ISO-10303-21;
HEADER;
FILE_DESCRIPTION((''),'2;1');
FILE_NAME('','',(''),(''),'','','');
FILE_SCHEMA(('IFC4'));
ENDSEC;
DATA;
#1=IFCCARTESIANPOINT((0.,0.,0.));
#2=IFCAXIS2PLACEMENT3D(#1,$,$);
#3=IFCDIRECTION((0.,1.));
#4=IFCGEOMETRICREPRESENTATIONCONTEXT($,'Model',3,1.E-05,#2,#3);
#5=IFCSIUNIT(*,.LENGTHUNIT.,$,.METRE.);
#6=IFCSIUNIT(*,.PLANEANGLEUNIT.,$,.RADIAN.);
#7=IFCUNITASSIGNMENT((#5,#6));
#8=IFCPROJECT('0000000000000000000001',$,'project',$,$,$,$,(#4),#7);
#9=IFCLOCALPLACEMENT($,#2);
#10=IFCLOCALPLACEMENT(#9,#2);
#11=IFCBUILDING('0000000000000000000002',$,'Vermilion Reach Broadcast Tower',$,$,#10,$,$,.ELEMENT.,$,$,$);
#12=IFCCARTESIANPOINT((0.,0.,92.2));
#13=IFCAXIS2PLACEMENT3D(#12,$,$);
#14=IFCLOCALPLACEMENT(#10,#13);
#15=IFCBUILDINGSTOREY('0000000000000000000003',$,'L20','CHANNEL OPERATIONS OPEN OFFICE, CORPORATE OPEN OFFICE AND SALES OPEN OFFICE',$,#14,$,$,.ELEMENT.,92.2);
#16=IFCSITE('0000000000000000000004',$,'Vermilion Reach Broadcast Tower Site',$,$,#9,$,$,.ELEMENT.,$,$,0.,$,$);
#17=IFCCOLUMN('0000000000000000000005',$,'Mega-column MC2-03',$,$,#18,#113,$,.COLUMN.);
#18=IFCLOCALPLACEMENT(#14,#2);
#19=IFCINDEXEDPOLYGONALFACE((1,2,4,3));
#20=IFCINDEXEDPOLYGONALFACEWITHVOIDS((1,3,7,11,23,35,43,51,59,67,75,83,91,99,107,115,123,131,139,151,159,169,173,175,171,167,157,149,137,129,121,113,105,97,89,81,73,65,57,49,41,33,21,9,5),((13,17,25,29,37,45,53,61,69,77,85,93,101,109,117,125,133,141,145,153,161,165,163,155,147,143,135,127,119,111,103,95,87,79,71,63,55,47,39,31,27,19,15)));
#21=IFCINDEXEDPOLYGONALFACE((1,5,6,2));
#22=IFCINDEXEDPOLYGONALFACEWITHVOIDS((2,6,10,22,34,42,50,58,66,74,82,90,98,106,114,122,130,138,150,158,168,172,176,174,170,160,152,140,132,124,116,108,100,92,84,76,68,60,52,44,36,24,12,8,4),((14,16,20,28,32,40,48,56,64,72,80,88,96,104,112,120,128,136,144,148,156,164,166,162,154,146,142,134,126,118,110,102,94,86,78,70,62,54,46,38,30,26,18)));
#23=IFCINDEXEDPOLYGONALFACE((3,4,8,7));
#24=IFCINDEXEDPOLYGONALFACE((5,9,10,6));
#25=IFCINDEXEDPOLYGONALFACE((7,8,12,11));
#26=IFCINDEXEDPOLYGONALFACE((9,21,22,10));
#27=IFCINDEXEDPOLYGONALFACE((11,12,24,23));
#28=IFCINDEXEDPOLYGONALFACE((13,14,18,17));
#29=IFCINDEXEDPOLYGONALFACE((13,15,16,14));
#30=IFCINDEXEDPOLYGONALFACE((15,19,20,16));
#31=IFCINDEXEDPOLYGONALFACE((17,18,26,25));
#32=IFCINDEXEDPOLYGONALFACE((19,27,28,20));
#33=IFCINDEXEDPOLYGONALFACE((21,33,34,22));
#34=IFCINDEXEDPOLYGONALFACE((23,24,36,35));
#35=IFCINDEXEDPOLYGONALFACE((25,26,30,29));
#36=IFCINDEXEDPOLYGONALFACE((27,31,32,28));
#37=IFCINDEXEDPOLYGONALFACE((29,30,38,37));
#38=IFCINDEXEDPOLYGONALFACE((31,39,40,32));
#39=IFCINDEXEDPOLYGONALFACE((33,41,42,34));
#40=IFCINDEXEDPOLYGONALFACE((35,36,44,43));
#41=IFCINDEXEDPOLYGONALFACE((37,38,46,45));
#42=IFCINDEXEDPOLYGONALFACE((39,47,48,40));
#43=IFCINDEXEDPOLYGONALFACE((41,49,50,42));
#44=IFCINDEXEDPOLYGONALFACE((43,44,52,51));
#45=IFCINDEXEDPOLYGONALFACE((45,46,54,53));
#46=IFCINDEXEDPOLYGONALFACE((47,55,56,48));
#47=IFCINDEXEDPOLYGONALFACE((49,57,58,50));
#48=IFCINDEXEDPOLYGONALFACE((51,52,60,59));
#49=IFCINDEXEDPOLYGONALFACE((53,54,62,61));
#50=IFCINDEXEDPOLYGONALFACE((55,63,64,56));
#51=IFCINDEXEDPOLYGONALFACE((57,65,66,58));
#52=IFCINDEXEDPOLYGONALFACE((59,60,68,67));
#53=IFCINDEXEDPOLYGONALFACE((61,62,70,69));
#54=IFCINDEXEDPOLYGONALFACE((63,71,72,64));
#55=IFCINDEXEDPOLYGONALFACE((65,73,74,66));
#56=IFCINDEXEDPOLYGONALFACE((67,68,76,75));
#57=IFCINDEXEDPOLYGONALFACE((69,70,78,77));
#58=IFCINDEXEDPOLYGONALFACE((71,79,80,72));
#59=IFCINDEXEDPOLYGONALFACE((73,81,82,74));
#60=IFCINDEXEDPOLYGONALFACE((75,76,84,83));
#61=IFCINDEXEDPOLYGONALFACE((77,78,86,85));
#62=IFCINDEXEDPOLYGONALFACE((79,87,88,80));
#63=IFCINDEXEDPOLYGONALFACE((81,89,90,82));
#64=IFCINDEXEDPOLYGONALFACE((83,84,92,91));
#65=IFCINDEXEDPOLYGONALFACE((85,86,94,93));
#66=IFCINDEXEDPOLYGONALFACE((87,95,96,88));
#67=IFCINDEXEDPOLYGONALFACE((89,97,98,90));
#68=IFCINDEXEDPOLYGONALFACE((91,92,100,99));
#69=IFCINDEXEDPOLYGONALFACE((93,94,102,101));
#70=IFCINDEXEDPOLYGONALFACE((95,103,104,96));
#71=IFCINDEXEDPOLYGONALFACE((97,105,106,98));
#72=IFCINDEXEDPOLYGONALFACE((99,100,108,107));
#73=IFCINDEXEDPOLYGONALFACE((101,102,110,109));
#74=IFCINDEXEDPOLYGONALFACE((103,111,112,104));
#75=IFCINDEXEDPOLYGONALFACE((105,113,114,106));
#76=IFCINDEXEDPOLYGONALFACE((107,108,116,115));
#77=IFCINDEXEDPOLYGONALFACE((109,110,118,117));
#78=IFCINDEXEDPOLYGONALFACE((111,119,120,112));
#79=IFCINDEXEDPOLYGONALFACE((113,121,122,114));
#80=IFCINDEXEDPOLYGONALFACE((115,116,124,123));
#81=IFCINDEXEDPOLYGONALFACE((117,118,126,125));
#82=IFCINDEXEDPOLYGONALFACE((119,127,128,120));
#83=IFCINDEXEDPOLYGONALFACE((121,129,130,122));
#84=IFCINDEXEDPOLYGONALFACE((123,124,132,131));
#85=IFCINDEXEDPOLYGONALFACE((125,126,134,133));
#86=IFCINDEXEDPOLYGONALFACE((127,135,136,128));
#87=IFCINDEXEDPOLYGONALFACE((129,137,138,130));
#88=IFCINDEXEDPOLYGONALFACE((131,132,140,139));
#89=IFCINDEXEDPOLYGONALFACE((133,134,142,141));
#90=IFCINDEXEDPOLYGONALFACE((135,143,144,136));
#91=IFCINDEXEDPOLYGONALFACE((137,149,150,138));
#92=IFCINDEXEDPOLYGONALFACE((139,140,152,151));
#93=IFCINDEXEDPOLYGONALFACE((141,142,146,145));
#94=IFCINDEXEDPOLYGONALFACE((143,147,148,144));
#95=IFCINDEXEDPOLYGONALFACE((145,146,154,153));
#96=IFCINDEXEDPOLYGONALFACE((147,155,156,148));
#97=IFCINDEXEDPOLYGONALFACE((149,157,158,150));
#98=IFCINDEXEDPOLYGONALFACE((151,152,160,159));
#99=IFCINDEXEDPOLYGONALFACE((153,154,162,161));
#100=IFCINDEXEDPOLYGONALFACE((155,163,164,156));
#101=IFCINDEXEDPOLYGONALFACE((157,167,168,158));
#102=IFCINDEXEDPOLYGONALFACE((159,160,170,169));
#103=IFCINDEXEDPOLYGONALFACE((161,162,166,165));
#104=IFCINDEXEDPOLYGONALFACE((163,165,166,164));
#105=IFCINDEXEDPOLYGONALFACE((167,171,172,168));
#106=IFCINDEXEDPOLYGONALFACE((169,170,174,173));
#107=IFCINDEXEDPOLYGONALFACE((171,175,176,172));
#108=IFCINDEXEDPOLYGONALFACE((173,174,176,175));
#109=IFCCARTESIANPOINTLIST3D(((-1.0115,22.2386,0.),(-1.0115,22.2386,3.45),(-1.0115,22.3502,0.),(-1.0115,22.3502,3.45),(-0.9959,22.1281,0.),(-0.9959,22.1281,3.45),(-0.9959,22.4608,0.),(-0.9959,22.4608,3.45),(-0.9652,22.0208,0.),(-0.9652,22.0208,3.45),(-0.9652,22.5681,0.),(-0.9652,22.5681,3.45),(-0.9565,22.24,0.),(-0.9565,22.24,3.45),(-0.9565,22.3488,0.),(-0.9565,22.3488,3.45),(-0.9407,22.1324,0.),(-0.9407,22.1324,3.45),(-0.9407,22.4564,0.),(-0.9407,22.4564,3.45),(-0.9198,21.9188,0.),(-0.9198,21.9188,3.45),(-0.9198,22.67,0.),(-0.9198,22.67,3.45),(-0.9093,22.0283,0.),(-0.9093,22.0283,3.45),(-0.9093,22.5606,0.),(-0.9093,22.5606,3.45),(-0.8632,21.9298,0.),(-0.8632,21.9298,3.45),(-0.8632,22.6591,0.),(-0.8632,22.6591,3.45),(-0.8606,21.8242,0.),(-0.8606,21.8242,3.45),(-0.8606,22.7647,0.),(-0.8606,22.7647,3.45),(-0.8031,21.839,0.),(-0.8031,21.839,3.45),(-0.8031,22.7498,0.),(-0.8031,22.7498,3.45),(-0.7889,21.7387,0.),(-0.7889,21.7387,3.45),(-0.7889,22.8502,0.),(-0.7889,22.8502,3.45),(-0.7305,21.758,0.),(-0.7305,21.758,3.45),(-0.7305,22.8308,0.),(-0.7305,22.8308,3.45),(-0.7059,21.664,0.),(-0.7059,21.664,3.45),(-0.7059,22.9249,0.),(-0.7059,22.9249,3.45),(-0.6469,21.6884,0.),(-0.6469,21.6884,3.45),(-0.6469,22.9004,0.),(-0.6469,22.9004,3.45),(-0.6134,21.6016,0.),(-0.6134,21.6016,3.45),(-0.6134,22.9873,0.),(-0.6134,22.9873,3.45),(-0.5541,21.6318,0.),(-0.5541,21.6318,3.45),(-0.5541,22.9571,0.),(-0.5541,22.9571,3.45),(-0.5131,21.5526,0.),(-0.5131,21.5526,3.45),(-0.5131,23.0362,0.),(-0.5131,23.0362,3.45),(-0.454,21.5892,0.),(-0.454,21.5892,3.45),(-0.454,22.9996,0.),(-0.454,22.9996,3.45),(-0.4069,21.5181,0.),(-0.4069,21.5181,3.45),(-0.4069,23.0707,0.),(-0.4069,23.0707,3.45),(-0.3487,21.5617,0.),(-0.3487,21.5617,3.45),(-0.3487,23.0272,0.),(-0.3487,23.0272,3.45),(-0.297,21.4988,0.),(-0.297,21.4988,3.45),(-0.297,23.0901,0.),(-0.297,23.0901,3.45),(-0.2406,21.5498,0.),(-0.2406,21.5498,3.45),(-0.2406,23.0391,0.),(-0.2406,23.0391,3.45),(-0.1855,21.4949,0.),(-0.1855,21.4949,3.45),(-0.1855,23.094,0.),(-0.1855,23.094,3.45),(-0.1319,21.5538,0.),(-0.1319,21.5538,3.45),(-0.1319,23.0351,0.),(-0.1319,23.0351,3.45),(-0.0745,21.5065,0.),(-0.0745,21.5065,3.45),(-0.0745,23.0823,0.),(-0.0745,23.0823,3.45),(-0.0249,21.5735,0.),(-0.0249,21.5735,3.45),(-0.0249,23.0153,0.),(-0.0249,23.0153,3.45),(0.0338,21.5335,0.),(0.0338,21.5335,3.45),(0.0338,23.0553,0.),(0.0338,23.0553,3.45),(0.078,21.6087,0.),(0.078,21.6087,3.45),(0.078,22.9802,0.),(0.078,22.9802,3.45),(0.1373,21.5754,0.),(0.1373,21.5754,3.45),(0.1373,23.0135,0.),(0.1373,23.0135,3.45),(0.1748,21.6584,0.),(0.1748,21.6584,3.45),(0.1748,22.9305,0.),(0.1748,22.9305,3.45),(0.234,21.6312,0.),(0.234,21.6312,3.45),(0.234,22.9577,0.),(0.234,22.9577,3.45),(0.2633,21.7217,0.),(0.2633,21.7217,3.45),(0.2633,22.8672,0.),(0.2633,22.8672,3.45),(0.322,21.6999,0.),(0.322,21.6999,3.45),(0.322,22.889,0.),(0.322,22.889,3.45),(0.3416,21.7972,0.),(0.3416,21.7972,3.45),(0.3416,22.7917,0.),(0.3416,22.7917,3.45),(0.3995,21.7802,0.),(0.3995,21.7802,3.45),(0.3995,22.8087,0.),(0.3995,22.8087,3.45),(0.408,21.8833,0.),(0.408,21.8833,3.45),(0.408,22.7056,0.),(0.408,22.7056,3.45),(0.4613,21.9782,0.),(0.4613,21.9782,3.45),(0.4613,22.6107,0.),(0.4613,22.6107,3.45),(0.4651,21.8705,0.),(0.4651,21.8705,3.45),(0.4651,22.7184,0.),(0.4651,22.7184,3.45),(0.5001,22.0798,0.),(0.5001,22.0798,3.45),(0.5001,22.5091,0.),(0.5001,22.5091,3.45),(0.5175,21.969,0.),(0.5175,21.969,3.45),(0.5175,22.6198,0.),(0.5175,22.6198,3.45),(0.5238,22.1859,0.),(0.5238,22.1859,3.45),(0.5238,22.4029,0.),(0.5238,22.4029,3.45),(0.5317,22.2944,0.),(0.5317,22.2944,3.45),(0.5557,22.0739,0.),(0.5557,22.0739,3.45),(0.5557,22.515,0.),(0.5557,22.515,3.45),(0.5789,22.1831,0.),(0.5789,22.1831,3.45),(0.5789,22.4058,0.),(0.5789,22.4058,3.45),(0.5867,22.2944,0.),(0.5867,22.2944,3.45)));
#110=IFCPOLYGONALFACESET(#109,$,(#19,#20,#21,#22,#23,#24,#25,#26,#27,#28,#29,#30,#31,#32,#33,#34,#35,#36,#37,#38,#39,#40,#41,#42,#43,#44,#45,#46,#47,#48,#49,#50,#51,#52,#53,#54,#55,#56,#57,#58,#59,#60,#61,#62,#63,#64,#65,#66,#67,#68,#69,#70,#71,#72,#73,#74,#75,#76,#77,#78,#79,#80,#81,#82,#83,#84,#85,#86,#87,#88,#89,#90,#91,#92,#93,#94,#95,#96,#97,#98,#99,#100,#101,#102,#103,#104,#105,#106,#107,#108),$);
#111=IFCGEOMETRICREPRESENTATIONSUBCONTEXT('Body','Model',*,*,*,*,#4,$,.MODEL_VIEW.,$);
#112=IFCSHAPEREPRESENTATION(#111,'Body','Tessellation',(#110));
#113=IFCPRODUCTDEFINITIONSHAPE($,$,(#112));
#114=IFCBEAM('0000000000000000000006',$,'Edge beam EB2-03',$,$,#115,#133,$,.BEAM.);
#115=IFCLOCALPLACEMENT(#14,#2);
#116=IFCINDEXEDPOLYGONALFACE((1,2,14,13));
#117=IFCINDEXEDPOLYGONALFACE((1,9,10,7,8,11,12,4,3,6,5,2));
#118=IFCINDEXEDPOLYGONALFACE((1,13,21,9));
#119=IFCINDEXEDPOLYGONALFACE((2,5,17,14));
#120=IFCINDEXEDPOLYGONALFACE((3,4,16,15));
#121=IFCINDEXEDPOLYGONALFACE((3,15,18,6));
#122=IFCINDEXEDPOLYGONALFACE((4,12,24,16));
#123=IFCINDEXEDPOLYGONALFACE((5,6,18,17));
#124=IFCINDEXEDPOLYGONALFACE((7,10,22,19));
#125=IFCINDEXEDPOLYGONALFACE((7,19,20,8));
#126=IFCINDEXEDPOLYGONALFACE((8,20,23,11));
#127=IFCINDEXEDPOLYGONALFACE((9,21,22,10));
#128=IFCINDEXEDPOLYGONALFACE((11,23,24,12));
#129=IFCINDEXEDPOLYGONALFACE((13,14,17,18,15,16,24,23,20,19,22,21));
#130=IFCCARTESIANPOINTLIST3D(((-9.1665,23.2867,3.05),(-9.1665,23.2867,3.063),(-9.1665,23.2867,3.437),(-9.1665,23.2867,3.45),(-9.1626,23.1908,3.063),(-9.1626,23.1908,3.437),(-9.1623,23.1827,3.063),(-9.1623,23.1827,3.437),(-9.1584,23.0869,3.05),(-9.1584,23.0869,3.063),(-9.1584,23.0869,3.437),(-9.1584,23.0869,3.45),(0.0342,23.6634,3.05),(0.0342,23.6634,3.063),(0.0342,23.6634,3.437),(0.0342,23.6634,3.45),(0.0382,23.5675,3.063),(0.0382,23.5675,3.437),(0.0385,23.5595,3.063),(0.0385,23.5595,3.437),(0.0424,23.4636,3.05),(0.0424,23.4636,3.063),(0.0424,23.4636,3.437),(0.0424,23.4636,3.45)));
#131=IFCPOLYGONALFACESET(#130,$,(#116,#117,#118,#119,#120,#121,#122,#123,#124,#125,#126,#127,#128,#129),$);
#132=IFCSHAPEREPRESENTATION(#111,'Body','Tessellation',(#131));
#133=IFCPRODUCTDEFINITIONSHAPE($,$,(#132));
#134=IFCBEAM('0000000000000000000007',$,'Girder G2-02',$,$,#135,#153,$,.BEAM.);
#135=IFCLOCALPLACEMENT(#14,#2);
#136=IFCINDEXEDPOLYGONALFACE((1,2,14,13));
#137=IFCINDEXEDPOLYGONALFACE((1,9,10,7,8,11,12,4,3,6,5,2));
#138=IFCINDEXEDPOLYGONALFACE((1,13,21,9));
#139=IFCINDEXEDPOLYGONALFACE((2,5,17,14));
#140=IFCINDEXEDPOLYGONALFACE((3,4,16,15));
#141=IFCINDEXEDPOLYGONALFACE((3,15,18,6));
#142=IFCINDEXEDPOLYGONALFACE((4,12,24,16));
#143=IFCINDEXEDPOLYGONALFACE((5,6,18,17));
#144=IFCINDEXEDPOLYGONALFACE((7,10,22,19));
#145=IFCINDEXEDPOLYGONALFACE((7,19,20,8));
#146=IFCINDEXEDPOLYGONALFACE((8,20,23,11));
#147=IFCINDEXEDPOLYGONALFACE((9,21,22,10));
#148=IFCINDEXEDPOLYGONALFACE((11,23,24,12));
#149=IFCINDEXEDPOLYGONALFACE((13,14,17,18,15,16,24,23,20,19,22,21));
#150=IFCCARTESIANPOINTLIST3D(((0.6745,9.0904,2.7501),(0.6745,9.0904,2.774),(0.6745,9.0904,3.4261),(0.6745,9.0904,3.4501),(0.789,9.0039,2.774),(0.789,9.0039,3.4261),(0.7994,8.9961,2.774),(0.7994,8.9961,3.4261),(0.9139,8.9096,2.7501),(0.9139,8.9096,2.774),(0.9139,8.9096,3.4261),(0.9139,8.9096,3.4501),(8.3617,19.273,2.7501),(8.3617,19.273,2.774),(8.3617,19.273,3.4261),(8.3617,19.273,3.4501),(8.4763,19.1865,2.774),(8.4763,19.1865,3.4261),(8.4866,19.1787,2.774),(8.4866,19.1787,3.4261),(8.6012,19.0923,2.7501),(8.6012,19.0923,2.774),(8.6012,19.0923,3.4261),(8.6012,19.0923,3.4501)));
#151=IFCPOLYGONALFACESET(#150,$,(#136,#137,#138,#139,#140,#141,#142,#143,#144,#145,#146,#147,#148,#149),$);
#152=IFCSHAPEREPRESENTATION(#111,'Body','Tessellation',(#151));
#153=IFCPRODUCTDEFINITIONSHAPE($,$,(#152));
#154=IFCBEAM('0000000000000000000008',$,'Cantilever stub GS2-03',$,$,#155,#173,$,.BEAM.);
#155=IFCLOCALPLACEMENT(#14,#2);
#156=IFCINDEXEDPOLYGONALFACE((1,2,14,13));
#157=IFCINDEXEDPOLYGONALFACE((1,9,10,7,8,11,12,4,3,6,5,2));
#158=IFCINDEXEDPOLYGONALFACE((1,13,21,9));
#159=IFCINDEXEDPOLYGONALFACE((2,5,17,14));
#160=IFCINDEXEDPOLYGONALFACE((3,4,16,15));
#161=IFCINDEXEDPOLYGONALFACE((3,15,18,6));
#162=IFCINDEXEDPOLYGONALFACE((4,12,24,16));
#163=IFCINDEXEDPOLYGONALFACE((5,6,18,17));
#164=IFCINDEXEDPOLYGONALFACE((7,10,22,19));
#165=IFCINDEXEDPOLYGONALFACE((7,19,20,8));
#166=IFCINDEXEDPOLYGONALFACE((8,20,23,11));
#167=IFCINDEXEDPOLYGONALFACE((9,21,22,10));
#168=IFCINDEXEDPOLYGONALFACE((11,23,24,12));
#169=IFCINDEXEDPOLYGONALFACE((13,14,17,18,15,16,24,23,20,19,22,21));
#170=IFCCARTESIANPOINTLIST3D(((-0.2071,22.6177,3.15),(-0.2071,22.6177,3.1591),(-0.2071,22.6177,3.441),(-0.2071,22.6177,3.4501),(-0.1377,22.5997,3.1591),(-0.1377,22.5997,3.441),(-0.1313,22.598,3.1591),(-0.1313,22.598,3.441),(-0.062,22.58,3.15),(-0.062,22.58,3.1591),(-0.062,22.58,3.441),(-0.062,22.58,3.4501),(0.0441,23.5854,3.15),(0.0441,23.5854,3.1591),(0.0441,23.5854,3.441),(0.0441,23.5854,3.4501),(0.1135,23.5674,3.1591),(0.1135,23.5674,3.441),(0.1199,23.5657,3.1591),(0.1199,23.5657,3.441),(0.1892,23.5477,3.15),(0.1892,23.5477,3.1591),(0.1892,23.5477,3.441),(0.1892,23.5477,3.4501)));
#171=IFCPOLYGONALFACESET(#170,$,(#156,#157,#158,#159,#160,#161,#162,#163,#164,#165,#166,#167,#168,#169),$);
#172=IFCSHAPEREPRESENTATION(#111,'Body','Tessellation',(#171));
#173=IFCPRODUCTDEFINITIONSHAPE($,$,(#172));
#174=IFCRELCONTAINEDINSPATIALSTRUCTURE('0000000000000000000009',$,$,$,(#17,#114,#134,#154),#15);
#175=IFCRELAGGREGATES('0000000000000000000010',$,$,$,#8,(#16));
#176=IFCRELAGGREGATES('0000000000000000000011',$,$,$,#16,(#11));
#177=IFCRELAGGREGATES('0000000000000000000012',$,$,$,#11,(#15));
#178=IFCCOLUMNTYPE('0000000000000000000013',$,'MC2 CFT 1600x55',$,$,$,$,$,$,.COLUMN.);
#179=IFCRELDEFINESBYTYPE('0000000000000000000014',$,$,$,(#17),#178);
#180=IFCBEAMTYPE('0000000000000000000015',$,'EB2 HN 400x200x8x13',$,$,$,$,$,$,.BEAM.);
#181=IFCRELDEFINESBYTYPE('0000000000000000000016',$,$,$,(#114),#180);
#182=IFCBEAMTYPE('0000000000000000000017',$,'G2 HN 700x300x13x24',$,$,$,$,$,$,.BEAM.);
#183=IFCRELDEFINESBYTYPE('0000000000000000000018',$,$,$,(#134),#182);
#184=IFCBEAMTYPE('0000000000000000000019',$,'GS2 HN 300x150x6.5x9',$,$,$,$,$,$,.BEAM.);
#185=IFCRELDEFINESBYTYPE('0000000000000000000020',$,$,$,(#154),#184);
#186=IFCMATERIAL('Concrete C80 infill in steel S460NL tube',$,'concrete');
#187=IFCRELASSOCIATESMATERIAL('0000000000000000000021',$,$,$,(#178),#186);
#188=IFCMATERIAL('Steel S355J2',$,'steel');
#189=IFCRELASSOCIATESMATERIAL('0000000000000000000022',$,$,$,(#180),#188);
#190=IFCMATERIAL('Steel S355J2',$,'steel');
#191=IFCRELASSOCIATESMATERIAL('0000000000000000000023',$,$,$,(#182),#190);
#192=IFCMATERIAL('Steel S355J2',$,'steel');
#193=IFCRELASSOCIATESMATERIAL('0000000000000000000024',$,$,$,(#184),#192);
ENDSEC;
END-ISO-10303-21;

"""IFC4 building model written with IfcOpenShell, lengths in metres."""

from ifc_helpers import new_model, si_unit, direction, frame, origin, origin_2d, place, context, subcontext, project, spatial, hollow_circle, i_section, extrude, material, material_profile, profile_set, type_object, element, save


model = new_model("IFC4")

# Units and contexts
model_context = context("Model", 3, precision=1e-05, world=origin(), true_north=direction((0.0, 1.0)))
body_context = subcontext(model_context, "Body", "Model", "MODEL_VIEW")
ifc_project = project(units=[si_unit("LENGTHUNIT", "METRE"), si_unit("PLANEANGLEUNIT", "RADIAN")], contexts=[model_context])

# Site, building, storey
site_placement = place(None, origin())
site = spatial("IfcSite", under=ifc_project, at=site_placement, Name="Vermilion Reach Broadcast Tower Site", CompositionType="ELEMENT", RefElevation=0.0)
building_placement = place(site_placement, origin())
building = spatial("IfcBuilding", under=site, at=building_placement, Name="Vermilion Reach Broadcast Tower", CompositionType="ELEMENT")
storey_placement = place(building_placement, frame((0.0, 0.0, 92.2)))
storey = spatial("IfcBuildingStorey", under=building, at=storey_placement, Name="L20", Description="CHANNEL OPERATIONS OPEN OFFICE, CORPORATE OPEN OFFICE AND SALES OPEN OFFICE", CompositionType="ELEMENT", Elevation=92.2)

# Column
ifc_material_1 = material(Name="Concrete C80 infill in steel S460NL tube", Category="concrete")
ifc_material_profile_1 = material_profile(ifc_material_1, hollow_circle(Radius=0.8, WallThickness=0.0549, at=origin_2d()), Name="Concrete C80 infill in steel S460NL tube CFT 1600x55")
ifc_profile_set_1 = profile_set([ifc_material_profile_1], Name="Concrete C80 infill in steel S460NL tube")
column_type = type_object("IfcColumnType", Name="MC2 CFT 1600x55", PredefinedType="COLUMN", material=ifc_profile_set_1)
column_placement = place(storey_placement, frame((-0.2134, 22.2944, 0.0), z_axis=(0.0, 0.0, 1.0), x_axis=(1.0, 0.0, 0.0)))
element("IfcColumn", 1, at=column_placement, inside=storey, type_object=column_type, Name="Mega-column MC2-03", PredefinedType="COLUMN", context=body_context, shape_type="SweptSolid", body=[
    extrude(hollow_circle(Radius=0.8, WallThickness=0.0549, at=origin_2d()), origin(), (0.0, 0.0, 1.0), 3.45),
])

# Beams
ifc_material_2 = material(Name="Steel S355J2", Category="steel")
ifc_material_profile_2 = material_profile(ifc_material_2, i_section(OverallWidth=0.2, OverallDepth=0.3999, WebThickness=0.0081, FlangeThickness=0.0129, at=origin_2d()), Name="S355J2 HN 400x200x8x13")
ifc_profile_set_2 = profile_set([ifc_material_profile_2], Name="Steel S355J2")
beam_type_1 = type_object("IfcBeamType", Name="EB2 HN 400x200x8x13", PredefinedType="BEAM", material=ifc_profile_set_2)
beam_1_placement = place(storey_placement, frame((0.0383, 23.5635, 3.25), z_axis=(-0.999163, -0.040909, 0.0), x_axis=(0.040909, -0.999163, 0.0)))
element("IfcBeam", 2, at=beam_1_placement, inside=storey, type_object=beam_type_1, Name="Edge beam EB2-03", PredefinedType="BEAM", context=body_context, shape_type="SweptSolid", body=[
    extrude(i_section(OverallWidth=0.2, OverallDepth=0.3999, WebThickness=0.0081, FlangeThickness=0.0129, at=origin_2d()), origin(), (0.0, 0.0, 1.0), 9.2085),
])
ifc_material_3 = material(Name="Steel S355J2", Category="steel")
ifc_material_profile_3 = material_profile(ifc_material_3, i_section(OverallWidth=0.3, OverallDepth=0.7, WebThickness=0.0129, FlangeThickness=0.0239, at=origin_2d()), Name="S355J2 HN 700x300x13x24")
ifc_profile_set_3 = profile_set([ifc_material_profile_3], Name="Steel S355J2")
beam_type_2 = type_object("IfcBeamType", Name="G2 HN 700x300x13x24", PredefinedType="BEAM", material=ifc_profile_set_3)
beam_2_placement = place(storey_placement, frame((0.7942, 9.0, 3.1001), z_axis=(0.60252, 0.798104, 0.0), x_axis=(-0.798104, 0.60252, 0.0)))
element("IfcBeam", 3, at=beam_2_placement, inside=storey, type_object=beam_type_2, Name="Girder G2-02", PredefinedType="BEAM", context=body_context, shape_type="SweptSolid", body=[
    extrude(i_section(OverallWidth=0.3, OverallDepth=0.7, WebThickness=0.0129, FlangeThickness=0.0239, at=origin_2d()), origin(), (0.0, 0.0, 1.0), 12.7585),
])
ifc_material_4 = material(Name="Steel S355J2", Category="steel")
ifc_material_profile_4 = material_profile(ifc_material_4, i_section(OverallWidth=0.1499, OverallDepth=0.3, WebThickness=0.0066, FlangeThickness=0.009, at=origin_2d()), Name="S355J2 HN 300x150x6.5x9")
ifc_profile_set_4 = profile_set([ifc_material_profile_4], Name="Steel S355J2")
beam_type_3 = type_object("IfcBeamType", Name="GS2 HN 300x150x6.5x9", PredefinedType="BEAM", material=ifc_profile_set_4)
beam_3_placement = place(storey_placement, frame((-0.1345, 22.5989, 3.3), z_axis=(0.251259, 0.96792, 0.0), x_axis=(-0.96792, 0.251259, 0.0)))
element("IfcBeam", 4, at=beam_3_placement, inside=storey, type_object=beam_type_3, Name="Cantilever stub GS2-03", PredefinedType="BEAM", context=body_context, shape_type="SweptSolid", body=[
    extrude(i_section(OverallWidth=0.1499, OverallDepth=0.3, WebThickness=0.0066, FlangeThickness=0.009, at=origin_2d()), origin(), (0.0, 0.0, 1.0), 0.9998),
])

save(model, "model.ifc")
